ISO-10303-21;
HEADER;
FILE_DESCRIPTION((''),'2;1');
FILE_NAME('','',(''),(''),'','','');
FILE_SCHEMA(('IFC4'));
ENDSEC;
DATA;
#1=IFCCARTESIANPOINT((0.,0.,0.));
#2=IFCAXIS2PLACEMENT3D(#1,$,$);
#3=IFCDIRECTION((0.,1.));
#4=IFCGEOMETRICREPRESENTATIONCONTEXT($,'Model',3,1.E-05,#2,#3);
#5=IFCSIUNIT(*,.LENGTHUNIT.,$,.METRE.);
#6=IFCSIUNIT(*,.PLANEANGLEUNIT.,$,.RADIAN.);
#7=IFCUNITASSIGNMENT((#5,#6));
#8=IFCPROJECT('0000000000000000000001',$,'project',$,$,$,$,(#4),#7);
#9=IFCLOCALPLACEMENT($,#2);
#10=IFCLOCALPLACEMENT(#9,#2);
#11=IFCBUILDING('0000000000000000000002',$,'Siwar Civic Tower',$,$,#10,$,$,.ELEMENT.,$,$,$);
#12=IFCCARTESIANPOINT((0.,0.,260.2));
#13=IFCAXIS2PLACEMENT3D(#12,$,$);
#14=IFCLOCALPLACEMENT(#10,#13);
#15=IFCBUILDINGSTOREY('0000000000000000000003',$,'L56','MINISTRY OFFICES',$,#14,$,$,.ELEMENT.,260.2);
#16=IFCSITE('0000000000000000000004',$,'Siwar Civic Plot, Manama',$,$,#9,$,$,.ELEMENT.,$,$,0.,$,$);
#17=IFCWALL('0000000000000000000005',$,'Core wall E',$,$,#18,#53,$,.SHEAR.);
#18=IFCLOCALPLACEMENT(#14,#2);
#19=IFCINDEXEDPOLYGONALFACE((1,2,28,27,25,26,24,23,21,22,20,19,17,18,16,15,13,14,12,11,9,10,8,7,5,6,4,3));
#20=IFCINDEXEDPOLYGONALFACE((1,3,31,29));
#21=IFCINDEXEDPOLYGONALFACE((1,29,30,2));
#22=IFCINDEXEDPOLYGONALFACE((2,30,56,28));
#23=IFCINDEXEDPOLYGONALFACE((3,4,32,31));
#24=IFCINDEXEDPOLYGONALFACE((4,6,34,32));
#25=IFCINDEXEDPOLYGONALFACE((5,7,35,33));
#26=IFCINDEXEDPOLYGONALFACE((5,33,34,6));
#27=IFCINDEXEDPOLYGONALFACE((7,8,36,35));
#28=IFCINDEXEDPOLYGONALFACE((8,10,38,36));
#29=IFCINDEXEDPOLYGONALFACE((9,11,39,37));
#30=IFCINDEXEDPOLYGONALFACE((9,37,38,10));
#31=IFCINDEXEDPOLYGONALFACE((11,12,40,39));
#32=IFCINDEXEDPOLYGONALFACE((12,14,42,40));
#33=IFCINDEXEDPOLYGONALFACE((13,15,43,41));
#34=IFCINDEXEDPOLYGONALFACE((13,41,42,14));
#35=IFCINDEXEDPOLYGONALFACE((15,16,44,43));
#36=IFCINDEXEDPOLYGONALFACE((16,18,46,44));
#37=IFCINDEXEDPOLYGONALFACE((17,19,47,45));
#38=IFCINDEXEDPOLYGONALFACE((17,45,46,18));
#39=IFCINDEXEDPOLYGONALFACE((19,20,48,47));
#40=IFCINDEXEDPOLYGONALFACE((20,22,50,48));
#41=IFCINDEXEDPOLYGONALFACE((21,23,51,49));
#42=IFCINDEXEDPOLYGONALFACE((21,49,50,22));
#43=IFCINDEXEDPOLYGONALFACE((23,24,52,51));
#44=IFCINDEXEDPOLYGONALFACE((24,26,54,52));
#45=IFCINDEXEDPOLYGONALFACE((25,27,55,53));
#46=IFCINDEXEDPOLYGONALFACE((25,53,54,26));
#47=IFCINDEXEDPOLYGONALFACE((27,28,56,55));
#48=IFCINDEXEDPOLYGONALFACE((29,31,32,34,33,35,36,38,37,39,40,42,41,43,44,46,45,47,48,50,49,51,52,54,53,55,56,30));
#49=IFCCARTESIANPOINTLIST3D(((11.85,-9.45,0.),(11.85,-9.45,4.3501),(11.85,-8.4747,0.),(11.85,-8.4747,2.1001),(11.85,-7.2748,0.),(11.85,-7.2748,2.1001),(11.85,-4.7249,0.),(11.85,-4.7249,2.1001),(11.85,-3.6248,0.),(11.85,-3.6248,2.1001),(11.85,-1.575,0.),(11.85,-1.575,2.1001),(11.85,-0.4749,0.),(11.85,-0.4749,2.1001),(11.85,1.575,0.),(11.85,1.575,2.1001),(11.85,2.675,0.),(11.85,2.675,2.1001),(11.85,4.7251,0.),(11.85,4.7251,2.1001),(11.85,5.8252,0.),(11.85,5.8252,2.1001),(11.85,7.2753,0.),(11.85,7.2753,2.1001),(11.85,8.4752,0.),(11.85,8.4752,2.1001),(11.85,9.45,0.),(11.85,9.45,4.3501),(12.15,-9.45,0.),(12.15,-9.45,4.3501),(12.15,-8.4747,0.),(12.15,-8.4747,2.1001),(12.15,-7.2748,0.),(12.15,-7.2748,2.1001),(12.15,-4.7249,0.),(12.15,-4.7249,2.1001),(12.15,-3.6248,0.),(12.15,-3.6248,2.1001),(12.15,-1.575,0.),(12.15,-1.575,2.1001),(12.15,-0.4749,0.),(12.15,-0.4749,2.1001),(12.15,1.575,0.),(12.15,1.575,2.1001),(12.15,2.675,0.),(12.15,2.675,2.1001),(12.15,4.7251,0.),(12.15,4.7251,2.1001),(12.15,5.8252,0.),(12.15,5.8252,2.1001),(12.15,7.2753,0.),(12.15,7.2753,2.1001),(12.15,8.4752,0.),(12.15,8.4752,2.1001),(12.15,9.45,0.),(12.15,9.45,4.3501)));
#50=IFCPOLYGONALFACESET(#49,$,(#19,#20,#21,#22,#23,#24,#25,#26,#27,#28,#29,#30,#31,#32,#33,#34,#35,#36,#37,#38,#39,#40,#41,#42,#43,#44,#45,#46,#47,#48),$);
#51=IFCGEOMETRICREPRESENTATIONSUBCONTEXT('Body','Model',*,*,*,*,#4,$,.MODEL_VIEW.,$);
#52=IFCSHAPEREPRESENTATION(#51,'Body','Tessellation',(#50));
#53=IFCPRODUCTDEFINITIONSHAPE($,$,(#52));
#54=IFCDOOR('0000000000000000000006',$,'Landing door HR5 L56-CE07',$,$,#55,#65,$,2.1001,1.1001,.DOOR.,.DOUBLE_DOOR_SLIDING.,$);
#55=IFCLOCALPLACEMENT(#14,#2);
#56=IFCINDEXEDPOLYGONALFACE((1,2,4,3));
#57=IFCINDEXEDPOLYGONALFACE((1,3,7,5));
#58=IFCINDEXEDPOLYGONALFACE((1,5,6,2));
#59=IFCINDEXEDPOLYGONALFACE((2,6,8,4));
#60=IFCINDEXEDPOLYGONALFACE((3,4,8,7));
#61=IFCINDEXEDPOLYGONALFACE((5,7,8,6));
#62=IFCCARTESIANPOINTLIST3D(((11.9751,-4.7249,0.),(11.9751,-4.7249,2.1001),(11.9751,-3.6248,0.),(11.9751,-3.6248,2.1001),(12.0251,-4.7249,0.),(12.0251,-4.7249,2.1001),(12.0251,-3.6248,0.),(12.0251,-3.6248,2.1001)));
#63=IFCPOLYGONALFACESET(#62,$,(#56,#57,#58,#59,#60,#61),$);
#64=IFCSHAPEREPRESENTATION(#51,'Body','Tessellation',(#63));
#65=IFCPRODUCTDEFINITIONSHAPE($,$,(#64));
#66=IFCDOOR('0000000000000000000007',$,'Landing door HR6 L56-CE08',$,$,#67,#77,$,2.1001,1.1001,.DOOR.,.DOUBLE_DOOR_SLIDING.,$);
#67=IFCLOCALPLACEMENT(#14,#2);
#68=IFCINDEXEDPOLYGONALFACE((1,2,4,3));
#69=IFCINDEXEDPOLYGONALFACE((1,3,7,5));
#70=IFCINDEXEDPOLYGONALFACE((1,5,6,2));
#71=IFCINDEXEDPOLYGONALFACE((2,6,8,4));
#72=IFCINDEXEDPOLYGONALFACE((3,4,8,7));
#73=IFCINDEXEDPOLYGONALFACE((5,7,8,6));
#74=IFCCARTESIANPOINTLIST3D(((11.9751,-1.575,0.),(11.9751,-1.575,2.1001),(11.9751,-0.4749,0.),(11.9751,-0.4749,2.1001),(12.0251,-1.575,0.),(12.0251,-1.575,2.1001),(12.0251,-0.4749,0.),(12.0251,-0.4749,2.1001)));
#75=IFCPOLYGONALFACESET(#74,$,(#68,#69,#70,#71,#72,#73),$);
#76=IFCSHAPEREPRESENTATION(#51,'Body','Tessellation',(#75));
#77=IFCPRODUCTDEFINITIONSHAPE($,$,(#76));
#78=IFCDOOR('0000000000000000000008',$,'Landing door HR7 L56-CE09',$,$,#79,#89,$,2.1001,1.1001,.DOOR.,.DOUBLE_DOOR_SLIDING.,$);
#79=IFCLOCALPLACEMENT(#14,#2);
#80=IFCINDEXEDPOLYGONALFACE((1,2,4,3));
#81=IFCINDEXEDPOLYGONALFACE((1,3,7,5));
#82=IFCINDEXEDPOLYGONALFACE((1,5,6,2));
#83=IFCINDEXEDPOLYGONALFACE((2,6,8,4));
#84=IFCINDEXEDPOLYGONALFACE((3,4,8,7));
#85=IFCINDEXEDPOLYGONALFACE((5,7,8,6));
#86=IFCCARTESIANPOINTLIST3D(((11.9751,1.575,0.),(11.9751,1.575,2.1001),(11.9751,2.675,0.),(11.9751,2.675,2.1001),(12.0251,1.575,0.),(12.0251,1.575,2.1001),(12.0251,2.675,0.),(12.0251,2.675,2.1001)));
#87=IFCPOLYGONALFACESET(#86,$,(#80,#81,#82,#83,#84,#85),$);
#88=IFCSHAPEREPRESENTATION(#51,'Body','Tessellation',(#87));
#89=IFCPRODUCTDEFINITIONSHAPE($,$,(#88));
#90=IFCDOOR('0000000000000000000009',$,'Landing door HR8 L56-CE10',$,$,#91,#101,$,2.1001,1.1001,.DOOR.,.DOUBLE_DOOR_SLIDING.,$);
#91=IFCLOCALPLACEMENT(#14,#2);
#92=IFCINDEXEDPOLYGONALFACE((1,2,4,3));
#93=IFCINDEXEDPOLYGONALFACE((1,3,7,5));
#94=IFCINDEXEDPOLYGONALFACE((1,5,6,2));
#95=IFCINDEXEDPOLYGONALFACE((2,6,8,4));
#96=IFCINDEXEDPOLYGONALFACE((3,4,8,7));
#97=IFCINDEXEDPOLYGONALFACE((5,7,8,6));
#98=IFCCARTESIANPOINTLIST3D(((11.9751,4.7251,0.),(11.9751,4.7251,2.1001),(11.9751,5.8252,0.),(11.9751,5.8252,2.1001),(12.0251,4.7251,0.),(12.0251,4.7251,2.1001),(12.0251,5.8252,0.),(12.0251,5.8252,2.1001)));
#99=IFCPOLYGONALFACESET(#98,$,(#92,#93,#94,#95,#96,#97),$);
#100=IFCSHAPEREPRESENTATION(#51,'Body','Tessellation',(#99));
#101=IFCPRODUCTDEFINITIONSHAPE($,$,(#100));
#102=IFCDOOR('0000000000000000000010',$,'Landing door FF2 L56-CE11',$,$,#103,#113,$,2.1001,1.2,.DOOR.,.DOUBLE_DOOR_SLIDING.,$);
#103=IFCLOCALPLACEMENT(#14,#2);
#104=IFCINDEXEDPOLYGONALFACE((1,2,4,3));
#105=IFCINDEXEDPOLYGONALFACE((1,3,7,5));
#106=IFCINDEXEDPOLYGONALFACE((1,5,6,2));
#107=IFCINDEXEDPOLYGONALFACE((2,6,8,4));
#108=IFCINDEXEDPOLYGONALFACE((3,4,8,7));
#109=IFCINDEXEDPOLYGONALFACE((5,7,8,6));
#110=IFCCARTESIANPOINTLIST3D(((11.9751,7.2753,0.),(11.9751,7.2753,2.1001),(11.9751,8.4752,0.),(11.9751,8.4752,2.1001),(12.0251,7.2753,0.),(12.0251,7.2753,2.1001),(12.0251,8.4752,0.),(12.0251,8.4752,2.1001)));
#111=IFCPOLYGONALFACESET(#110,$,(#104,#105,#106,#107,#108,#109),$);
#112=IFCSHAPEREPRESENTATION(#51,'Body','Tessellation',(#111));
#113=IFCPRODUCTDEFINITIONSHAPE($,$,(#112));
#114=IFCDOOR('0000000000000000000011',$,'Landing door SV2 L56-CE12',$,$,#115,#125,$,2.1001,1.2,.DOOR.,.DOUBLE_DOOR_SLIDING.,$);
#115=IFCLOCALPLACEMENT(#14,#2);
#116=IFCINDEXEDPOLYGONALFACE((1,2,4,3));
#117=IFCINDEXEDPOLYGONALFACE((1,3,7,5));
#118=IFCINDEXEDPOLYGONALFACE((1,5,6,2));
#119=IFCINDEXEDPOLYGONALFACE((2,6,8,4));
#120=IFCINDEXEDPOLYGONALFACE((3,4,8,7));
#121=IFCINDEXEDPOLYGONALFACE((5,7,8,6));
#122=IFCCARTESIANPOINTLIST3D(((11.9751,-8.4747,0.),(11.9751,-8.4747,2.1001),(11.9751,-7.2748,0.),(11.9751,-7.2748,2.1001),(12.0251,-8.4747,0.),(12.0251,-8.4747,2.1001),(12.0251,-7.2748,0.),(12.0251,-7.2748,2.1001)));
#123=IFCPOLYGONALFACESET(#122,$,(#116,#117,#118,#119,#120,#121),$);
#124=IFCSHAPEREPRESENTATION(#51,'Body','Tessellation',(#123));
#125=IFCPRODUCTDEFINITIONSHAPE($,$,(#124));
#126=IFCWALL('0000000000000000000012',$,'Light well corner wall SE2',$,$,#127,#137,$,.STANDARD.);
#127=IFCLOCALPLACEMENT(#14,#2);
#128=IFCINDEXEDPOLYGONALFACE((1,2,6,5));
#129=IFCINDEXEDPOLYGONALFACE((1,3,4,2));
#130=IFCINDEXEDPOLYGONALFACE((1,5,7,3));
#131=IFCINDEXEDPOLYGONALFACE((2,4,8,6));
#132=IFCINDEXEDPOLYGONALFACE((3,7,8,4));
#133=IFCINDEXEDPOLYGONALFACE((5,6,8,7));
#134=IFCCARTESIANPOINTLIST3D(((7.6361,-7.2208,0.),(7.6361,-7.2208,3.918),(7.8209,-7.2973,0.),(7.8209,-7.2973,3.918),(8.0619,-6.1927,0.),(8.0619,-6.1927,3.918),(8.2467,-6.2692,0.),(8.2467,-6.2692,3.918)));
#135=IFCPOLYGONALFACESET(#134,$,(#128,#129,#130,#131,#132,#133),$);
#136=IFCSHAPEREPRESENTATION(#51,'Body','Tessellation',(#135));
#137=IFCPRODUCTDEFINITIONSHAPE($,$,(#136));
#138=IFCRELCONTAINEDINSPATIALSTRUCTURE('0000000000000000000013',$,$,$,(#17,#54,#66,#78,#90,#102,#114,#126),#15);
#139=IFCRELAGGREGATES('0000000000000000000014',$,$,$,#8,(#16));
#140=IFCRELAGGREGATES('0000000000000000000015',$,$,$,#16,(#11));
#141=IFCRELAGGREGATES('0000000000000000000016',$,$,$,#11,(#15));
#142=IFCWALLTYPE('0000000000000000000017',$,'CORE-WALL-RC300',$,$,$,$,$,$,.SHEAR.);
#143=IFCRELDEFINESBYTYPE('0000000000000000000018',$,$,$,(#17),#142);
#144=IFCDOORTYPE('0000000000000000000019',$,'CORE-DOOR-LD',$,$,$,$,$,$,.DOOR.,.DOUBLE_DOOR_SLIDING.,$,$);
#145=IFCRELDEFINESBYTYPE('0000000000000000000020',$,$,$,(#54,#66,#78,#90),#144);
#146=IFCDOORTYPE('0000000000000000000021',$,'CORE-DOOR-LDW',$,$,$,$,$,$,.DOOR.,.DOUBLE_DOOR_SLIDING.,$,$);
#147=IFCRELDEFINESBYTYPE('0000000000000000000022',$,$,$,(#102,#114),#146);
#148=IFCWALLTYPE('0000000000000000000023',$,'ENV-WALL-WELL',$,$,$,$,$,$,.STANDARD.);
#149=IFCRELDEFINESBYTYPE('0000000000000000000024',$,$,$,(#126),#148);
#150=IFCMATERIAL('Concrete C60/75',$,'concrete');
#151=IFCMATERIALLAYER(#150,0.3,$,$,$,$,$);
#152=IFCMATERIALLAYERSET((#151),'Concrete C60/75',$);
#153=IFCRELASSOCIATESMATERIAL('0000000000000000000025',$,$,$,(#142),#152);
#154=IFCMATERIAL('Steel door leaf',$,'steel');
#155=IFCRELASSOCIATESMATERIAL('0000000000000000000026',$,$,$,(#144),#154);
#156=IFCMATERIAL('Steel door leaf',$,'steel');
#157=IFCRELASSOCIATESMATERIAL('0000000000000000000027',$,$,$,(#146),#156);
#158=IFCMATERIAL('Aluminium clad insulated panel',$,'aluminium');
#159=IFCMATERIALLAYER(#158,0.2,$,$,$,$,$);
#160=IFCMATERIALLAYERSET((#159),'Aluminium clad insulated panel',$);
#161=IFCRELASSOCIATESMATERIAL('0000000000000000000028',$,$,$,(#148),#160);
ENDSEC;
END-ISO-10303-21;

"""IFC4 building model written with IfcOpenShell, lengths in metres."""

from ifc_helpers import new_model, si_unit, direction, frame, frame_2d, origin, place, context, subcontext, project, spatial, rectangle, extrude, material, layer, layer_set, type_object, element, fill, save


model = new_model("IFC4")

# Units and contexts
model_context = context("Model", 3, precision=1e-05, world=origin(), true_north=direction((0.0, 1.0)))
body_context = subcontext(model_context, "Body", "Model", "MODEL_VIEW")
ifc_project = project(units=[si_unit("LENGTHUNIT", "METRE"), si_unit("PLANEANGLEUNIT", "RADIAN")], contexts=[model_context])

# Site, building, storey
site_placement = place(None, origin())
site = spatial("IfcSite", under=ifc_project, at=site_placement, Name="Siwar Civic Plot, Manama", CompositionType="ELEMENT", RefElevation=0.0)
building_placement = place(site_placement, origin())
building = spatial("IfcBuilding", under=site, at=building_placement, Name="Siwar Civic Tower", CompositionType="ELEMENT")
storey_placement = place(building_placement, frame((0.0, 0.0, 260.2)))
storey = spatial("IfcBuildingStorey", under=building, at=storey_placement, Name="L56", Description="MINISTRY OFFICES", CompositionType="ELEMENT", Elevation=260.2)

# Wall, openings, doors
ifc_material_1 = material(Name="Concrete C60/75", Category="concrete")
ifc_layer_1 = layer(ifc_material_1, 0.3)
ifc_layer_set_1 = layer_set([ifc_layer_1], Name="Concrete C60/75")
wall_type_1 = type_object("IfcWallType", Name="CORE-WALL-RC300", PredefinedType="SHEAR", material=ifc_layer_set_1)
wall_1_placement = place(storey_placement, frame((12.0, -9.45, 0.0), z_axis=(0.0, 0.0, 1.0), x_axis=(0.0, 1.0, 0.0)))
wall_1 = element("IfcWall", 1, at=wall_1_placement, inside=storey, type_object=wall_type_1, Name="Core wall E", PredefinedType="SHEAR", context=body_context, shape_type="SweptSolid", body=[
    extrude(rectangle(XDim=18.8999, YDim=0.3, at=frame_2d((9.45, 0.0))), origin(), (0.0, 0.0, 1.0), 4.3501),
])
opening_1_placement = place(wall_1_placement, frame((4.7251, 0.0, 0.0)))
opening_1 = element("IfcOpeningElement", 2, at=opening_1_placement, cuts=wall_1, PredefinedType="OPENING", context=body_context, shape_type="SweptSolid", body=[
    extrude(rectangle(XDim=1.1001, YDim=2.1001, at=frame_2d((0.55, 1.05))), frame((0.0, 0.1602, 0.0), z_axis=(0.0, -1.0, 0.0), x_axis=(1.0, 0.0, 0.0)), (0.0, 0.0, 1.0), 0.3201),
])
opening_2_placement = place(wall_1_placement, frame((7.875, 0.0, 0.0)))
opening_2 = element("IfcOpeningElement", 3, at=opening_2_placement, cuts=wall_1, PredefinedType="OPENING", context=body_context, shape_type="SweptSolid", body=[
    extrude(rectangle(XDim=1.1001, YDim=2.1001, at=frame_2d((0.55, 1.05))), frame((0.0, 0.1602, 0.0), z_axis=(0.0, -1.0, 0.0), x_axis=(1.0, 0.0, 0.0)), (0.0, 0.0, 1.0), 0.3201),
])
opening_3_placement = place(wall_1_placement, frame((11.0249, 0.0, 0.0)))
opening_3 = element("IfcOpeningElement", 4, at=opening_3_placement, cuts=wall_1, PredefinedType="OPENING", context=body_context, shape_type="SweptSolid", body=[
    extrude(rectangle(XDim=1.1001, YDim=2.1001, at=frame_2d((0.55, 1.05))), frame((0.0, 0.1602, 0.0), z_axis=(0.0, -1.0, 0.0), x_axis=(1.0, 0.0, 0.0)), (0.0, 0.0, 1.0), 0.3201),
])
opening_4_placement = place(wall_1_placement, frame((14.175, 0.0, 0.0)))
opening_4 = element("IfcOpeningElement", 5, at=opening_4_placement, cuts=wall_1, PredefinedType="OPENING", context=body_context, shape_type="SweptSolid", body=[
    extrude(rectangle(XDim=1.1001, YDim=2.1001, at=frame_2d((0.55, 1.05))), frame((0.0, 0.1602, 0.0), z_axis=(0.0, -1.0, 0.0), x_axis=(1.0, 0.0, 0.0)), (0.0, 0.0, 1.0), 0.3201),
])
opening_5_placement = place(wall_1_placement, frame((16.7251, 0.0, 0.0)))
opening_5 = element("IfcOpeningElement", 6, at=opening_5_placement, cuts=wall_1, PredefinedType="OPENING", context=body_context, shape_type="SweptSolid", body=[
    extrude(rectangle(XDim=1.2, YDim=2.1001, at=frame_2d((0.6001, 1.05))), frame((0.0, 0.1602, 0.0), z_axis=(0.0, -1.0, 0.0), x_axis=(1.0, 0.0, 0.0)), (0.0, 0.0, 1.0), 0.3201),
])
opening_6_placement = place(wall_1_placement, frame((0.9751, 0.0, 0.0)))
opening_6 = element("IfcOpeningElement", 7, at=opening_6_placement, cuts=wall_1, PredefinedType="OPENING", context=body_context, shape_type="SweptSolid", body=[
    extrude(rectangle(XDim=1.2, YDim=2.1001, at=frame_2d((0.6001, 1.05))), frame((0.0, 0.1602, 0.0), z_axis=(0.0, -1.0, 0.0), x_axis=(1.0, 0.0, 0.0)), (0.0, 0.0, 1.0), 0.3201),
])
ifc_material_2 = material(Name="Steel door leaf", Category="steel")
door_type_1 = type_object("IfcDoorType", Name="CORE-DOOR-LD", OperationType="DOUBLE_DOOR_SLIDING", PredefinedType="DOOR", material=ifc_material_2)
door_1_placement = place(opening_1_placement, origin())
door_1 = element("IfcDoor", 8, at=door_1_placement, inside=storey, type_object=door_type_1, Name="Landing door HR5 L56-CE07", OperationType="DOUBLE_DOOR_SLIDING", OverallHeight=2.1001, OverallWidth=1.1001, PredefinedType="DOOR", context=body_context, shape_type="SweptSolid", body=[
    extrude(rectangle(XDim=1.1001, YDim=2.1001, at=frame_2d((0.55, 1.05))), frame((0.0, 0.0249, 0.0), z_axis=(0.0, -1.0, 0.0), x_axis=(1.0, 0.0, 0.0)), (0.0, 0.0, 1.0), 0.05),
])
fill(opening_1, door_1)
door_2_placement = place(opening_2_placement, origin())
door_2 = element("IfcDoor", 9, at=door_2_placement, inside=storey, type_object=door_type_1, Name="Landing door HR6 L56-CE08", OperationType="DOUBLE_DOOR_SLIDING", OverallHeight=2.1001, OverallWidth=1.1001, PredefinedType="DOOR", context=body_context, shape_type="SweptSolid", body=[
    extrude(rectangle(XDim=1.1001, YDim=2.1001, at=frame_2d((0.55, 1.05))), frame((0.0, 0.0249, 0.0), z_axis=(0.0, -1.0, 0.0), x_axis=(1.0, 0.0, 0.0)), (0.0, 0.0, 1.0), 0.05),
])
fill(opening_2, door_2)
door_3_placement = place(opening_3_placement, origin())
door_3 = element("IfcDoor", 10, at=door_3_placement, inside=storey, type_object=door_type_1, Name="Landing door HR7 L56-CE09", OperationType="DOUBLE_DOOR_SLIDING", OverallHeight=2.1001, OverallWidth=1.1001, PredefinedType="DOOR", context=body_context, shape_type="SweptSolid", body=[
    extrude(rectangle(XDim=1.1001, YDim=2.1001, at=frame_2d((0.55, 1.05))), frame((0.0, 0.0249, 0.0), z_axis=(0.0, -1.0, 0.0), x_axis=(1.0, 0.0, 0.0)), (0.0, 0.0, 1.0), 0.05),
])
fill(opening_3, door_3)
door_4_placement = place(opening_4_placement, origin())
door_4 = element("IfcDoor", 11, at=door_4_placement, inside=storey, type_object=door_type_1, Name="Landing door HR8 L56-CE10", OperationType="DOUBLE_DOOR_SLIDING", OverallHeight=2.1001, OverallWidth=1.1001, PredefinedType="DOOR", context=body_context, shape_type="SweptSolid", body=[
    extrude(rectangle(XDim=1.1001, YDim=2.1001, at=frame_2d((0.55, 1.05))), frame((0.0, 0.0249, 0.0), z_axis=(0.0, -1.0, 0.0), x_axis=(1.0, 0.0, 0.0)), (0.0, 0.0, 1.0), 0.05),
])
fill(opening_4, door_4)
ifc_material_3 = material(Name="Steel door leaf", Category="steel")
door_type_2 = type_object("IfcDoorType", Name="CORE-DOOR-LDW", OperationType="DOUBLE_DOOR_SLIDING", PredefinedType="DOOR", material=ifc_material_3)
door_5_placement = place(opening_5_placement, origin())
door_5 = element("IfcDoor", 12, at=door_5_placement, inside=storey, type_object=door_type_2, Name="Landing door FF2 L56-CE11", OperationType="DOUBLE_DOOR_SLIDING", OverallHeight=2.1001, OverallWidth=1.2, PredefinedType="DOOR", context=body_context, shape_type="SweptSolid", body=[
    extrude(rectangle(XDim=1.2, YDim=2.1001, at=frame_2d((0.6001, 1.05))), frame((0.0, 0.0249, 0.0), z_axis=(0.0, -1.0, 0.0), x_axis=(1.0, 0.0, 0.0)), (0.0, 0.0, 1.0), 0.05),
])
fill(opening_5, door_5)
door_6_placement = place(opening_6_placement, origin())
door_6 = element("IfcDoor", 13, at=door_6_placement, inside=storey, type_object=door_type_2, Name="Landing door SV2 L56-CE12", OperationType="DOUBLE_DOOR_SLIDING", OverallHeight=2.1001, OverallWidth=1.2, PredefinedType="DOOR", context=body_context, shape_type="SweptSolid", body=[
    extrude(rectangle(XDim=1.2, YDim=2.1001, at=frame_2d((0.6001, 1.05))), frame((0.0, 0.0249, 0.0), z_axis=(0.0, -1.0, 0.0), x_axis=(1.0, 0.0, 0.0)), (0.0, 0.0, 1.0), 0.05),
])
fill(opening_6, door_6)

# Wall
ifc_material_4 = material(Name="Aluminium clad insulated panel", Category="aluminium")
ifc_layer_2 = layer(ifc_material_4, 0.2)
ifc_layer_set_2 = layer_set([ifc_layer_2], Name="Aluminium clad insulated panel")
wall_type_2 = type_object("IfcWallType", Name="ENV-WALL-WELL", PredefinedType="STANDARD", material=ifc_layer_set_2)
wall_2_placement = place(storey_placement, frame((7.7285, -7.259, 0.0), z_axis=(0.0, 0.0, 1.0), x_axis=(0.382636, 0.923899, 0.0)))
element("IfcWall", 14, at=wall_2_placement, inside=storey, type_object=wall_type_2, Name="Light well corner wall SE2", PredefinedType="STANDARD", context=body_context, shape_type="SweptSolid", body=[
    extrude(rectangle(XDim=1.1128, YDim=0.2, at=frame_2d((0.5564, 0.0))), origin(), (0.0, 0.0, 1.0), 3.918),
])

save(model, "model.ifc")
